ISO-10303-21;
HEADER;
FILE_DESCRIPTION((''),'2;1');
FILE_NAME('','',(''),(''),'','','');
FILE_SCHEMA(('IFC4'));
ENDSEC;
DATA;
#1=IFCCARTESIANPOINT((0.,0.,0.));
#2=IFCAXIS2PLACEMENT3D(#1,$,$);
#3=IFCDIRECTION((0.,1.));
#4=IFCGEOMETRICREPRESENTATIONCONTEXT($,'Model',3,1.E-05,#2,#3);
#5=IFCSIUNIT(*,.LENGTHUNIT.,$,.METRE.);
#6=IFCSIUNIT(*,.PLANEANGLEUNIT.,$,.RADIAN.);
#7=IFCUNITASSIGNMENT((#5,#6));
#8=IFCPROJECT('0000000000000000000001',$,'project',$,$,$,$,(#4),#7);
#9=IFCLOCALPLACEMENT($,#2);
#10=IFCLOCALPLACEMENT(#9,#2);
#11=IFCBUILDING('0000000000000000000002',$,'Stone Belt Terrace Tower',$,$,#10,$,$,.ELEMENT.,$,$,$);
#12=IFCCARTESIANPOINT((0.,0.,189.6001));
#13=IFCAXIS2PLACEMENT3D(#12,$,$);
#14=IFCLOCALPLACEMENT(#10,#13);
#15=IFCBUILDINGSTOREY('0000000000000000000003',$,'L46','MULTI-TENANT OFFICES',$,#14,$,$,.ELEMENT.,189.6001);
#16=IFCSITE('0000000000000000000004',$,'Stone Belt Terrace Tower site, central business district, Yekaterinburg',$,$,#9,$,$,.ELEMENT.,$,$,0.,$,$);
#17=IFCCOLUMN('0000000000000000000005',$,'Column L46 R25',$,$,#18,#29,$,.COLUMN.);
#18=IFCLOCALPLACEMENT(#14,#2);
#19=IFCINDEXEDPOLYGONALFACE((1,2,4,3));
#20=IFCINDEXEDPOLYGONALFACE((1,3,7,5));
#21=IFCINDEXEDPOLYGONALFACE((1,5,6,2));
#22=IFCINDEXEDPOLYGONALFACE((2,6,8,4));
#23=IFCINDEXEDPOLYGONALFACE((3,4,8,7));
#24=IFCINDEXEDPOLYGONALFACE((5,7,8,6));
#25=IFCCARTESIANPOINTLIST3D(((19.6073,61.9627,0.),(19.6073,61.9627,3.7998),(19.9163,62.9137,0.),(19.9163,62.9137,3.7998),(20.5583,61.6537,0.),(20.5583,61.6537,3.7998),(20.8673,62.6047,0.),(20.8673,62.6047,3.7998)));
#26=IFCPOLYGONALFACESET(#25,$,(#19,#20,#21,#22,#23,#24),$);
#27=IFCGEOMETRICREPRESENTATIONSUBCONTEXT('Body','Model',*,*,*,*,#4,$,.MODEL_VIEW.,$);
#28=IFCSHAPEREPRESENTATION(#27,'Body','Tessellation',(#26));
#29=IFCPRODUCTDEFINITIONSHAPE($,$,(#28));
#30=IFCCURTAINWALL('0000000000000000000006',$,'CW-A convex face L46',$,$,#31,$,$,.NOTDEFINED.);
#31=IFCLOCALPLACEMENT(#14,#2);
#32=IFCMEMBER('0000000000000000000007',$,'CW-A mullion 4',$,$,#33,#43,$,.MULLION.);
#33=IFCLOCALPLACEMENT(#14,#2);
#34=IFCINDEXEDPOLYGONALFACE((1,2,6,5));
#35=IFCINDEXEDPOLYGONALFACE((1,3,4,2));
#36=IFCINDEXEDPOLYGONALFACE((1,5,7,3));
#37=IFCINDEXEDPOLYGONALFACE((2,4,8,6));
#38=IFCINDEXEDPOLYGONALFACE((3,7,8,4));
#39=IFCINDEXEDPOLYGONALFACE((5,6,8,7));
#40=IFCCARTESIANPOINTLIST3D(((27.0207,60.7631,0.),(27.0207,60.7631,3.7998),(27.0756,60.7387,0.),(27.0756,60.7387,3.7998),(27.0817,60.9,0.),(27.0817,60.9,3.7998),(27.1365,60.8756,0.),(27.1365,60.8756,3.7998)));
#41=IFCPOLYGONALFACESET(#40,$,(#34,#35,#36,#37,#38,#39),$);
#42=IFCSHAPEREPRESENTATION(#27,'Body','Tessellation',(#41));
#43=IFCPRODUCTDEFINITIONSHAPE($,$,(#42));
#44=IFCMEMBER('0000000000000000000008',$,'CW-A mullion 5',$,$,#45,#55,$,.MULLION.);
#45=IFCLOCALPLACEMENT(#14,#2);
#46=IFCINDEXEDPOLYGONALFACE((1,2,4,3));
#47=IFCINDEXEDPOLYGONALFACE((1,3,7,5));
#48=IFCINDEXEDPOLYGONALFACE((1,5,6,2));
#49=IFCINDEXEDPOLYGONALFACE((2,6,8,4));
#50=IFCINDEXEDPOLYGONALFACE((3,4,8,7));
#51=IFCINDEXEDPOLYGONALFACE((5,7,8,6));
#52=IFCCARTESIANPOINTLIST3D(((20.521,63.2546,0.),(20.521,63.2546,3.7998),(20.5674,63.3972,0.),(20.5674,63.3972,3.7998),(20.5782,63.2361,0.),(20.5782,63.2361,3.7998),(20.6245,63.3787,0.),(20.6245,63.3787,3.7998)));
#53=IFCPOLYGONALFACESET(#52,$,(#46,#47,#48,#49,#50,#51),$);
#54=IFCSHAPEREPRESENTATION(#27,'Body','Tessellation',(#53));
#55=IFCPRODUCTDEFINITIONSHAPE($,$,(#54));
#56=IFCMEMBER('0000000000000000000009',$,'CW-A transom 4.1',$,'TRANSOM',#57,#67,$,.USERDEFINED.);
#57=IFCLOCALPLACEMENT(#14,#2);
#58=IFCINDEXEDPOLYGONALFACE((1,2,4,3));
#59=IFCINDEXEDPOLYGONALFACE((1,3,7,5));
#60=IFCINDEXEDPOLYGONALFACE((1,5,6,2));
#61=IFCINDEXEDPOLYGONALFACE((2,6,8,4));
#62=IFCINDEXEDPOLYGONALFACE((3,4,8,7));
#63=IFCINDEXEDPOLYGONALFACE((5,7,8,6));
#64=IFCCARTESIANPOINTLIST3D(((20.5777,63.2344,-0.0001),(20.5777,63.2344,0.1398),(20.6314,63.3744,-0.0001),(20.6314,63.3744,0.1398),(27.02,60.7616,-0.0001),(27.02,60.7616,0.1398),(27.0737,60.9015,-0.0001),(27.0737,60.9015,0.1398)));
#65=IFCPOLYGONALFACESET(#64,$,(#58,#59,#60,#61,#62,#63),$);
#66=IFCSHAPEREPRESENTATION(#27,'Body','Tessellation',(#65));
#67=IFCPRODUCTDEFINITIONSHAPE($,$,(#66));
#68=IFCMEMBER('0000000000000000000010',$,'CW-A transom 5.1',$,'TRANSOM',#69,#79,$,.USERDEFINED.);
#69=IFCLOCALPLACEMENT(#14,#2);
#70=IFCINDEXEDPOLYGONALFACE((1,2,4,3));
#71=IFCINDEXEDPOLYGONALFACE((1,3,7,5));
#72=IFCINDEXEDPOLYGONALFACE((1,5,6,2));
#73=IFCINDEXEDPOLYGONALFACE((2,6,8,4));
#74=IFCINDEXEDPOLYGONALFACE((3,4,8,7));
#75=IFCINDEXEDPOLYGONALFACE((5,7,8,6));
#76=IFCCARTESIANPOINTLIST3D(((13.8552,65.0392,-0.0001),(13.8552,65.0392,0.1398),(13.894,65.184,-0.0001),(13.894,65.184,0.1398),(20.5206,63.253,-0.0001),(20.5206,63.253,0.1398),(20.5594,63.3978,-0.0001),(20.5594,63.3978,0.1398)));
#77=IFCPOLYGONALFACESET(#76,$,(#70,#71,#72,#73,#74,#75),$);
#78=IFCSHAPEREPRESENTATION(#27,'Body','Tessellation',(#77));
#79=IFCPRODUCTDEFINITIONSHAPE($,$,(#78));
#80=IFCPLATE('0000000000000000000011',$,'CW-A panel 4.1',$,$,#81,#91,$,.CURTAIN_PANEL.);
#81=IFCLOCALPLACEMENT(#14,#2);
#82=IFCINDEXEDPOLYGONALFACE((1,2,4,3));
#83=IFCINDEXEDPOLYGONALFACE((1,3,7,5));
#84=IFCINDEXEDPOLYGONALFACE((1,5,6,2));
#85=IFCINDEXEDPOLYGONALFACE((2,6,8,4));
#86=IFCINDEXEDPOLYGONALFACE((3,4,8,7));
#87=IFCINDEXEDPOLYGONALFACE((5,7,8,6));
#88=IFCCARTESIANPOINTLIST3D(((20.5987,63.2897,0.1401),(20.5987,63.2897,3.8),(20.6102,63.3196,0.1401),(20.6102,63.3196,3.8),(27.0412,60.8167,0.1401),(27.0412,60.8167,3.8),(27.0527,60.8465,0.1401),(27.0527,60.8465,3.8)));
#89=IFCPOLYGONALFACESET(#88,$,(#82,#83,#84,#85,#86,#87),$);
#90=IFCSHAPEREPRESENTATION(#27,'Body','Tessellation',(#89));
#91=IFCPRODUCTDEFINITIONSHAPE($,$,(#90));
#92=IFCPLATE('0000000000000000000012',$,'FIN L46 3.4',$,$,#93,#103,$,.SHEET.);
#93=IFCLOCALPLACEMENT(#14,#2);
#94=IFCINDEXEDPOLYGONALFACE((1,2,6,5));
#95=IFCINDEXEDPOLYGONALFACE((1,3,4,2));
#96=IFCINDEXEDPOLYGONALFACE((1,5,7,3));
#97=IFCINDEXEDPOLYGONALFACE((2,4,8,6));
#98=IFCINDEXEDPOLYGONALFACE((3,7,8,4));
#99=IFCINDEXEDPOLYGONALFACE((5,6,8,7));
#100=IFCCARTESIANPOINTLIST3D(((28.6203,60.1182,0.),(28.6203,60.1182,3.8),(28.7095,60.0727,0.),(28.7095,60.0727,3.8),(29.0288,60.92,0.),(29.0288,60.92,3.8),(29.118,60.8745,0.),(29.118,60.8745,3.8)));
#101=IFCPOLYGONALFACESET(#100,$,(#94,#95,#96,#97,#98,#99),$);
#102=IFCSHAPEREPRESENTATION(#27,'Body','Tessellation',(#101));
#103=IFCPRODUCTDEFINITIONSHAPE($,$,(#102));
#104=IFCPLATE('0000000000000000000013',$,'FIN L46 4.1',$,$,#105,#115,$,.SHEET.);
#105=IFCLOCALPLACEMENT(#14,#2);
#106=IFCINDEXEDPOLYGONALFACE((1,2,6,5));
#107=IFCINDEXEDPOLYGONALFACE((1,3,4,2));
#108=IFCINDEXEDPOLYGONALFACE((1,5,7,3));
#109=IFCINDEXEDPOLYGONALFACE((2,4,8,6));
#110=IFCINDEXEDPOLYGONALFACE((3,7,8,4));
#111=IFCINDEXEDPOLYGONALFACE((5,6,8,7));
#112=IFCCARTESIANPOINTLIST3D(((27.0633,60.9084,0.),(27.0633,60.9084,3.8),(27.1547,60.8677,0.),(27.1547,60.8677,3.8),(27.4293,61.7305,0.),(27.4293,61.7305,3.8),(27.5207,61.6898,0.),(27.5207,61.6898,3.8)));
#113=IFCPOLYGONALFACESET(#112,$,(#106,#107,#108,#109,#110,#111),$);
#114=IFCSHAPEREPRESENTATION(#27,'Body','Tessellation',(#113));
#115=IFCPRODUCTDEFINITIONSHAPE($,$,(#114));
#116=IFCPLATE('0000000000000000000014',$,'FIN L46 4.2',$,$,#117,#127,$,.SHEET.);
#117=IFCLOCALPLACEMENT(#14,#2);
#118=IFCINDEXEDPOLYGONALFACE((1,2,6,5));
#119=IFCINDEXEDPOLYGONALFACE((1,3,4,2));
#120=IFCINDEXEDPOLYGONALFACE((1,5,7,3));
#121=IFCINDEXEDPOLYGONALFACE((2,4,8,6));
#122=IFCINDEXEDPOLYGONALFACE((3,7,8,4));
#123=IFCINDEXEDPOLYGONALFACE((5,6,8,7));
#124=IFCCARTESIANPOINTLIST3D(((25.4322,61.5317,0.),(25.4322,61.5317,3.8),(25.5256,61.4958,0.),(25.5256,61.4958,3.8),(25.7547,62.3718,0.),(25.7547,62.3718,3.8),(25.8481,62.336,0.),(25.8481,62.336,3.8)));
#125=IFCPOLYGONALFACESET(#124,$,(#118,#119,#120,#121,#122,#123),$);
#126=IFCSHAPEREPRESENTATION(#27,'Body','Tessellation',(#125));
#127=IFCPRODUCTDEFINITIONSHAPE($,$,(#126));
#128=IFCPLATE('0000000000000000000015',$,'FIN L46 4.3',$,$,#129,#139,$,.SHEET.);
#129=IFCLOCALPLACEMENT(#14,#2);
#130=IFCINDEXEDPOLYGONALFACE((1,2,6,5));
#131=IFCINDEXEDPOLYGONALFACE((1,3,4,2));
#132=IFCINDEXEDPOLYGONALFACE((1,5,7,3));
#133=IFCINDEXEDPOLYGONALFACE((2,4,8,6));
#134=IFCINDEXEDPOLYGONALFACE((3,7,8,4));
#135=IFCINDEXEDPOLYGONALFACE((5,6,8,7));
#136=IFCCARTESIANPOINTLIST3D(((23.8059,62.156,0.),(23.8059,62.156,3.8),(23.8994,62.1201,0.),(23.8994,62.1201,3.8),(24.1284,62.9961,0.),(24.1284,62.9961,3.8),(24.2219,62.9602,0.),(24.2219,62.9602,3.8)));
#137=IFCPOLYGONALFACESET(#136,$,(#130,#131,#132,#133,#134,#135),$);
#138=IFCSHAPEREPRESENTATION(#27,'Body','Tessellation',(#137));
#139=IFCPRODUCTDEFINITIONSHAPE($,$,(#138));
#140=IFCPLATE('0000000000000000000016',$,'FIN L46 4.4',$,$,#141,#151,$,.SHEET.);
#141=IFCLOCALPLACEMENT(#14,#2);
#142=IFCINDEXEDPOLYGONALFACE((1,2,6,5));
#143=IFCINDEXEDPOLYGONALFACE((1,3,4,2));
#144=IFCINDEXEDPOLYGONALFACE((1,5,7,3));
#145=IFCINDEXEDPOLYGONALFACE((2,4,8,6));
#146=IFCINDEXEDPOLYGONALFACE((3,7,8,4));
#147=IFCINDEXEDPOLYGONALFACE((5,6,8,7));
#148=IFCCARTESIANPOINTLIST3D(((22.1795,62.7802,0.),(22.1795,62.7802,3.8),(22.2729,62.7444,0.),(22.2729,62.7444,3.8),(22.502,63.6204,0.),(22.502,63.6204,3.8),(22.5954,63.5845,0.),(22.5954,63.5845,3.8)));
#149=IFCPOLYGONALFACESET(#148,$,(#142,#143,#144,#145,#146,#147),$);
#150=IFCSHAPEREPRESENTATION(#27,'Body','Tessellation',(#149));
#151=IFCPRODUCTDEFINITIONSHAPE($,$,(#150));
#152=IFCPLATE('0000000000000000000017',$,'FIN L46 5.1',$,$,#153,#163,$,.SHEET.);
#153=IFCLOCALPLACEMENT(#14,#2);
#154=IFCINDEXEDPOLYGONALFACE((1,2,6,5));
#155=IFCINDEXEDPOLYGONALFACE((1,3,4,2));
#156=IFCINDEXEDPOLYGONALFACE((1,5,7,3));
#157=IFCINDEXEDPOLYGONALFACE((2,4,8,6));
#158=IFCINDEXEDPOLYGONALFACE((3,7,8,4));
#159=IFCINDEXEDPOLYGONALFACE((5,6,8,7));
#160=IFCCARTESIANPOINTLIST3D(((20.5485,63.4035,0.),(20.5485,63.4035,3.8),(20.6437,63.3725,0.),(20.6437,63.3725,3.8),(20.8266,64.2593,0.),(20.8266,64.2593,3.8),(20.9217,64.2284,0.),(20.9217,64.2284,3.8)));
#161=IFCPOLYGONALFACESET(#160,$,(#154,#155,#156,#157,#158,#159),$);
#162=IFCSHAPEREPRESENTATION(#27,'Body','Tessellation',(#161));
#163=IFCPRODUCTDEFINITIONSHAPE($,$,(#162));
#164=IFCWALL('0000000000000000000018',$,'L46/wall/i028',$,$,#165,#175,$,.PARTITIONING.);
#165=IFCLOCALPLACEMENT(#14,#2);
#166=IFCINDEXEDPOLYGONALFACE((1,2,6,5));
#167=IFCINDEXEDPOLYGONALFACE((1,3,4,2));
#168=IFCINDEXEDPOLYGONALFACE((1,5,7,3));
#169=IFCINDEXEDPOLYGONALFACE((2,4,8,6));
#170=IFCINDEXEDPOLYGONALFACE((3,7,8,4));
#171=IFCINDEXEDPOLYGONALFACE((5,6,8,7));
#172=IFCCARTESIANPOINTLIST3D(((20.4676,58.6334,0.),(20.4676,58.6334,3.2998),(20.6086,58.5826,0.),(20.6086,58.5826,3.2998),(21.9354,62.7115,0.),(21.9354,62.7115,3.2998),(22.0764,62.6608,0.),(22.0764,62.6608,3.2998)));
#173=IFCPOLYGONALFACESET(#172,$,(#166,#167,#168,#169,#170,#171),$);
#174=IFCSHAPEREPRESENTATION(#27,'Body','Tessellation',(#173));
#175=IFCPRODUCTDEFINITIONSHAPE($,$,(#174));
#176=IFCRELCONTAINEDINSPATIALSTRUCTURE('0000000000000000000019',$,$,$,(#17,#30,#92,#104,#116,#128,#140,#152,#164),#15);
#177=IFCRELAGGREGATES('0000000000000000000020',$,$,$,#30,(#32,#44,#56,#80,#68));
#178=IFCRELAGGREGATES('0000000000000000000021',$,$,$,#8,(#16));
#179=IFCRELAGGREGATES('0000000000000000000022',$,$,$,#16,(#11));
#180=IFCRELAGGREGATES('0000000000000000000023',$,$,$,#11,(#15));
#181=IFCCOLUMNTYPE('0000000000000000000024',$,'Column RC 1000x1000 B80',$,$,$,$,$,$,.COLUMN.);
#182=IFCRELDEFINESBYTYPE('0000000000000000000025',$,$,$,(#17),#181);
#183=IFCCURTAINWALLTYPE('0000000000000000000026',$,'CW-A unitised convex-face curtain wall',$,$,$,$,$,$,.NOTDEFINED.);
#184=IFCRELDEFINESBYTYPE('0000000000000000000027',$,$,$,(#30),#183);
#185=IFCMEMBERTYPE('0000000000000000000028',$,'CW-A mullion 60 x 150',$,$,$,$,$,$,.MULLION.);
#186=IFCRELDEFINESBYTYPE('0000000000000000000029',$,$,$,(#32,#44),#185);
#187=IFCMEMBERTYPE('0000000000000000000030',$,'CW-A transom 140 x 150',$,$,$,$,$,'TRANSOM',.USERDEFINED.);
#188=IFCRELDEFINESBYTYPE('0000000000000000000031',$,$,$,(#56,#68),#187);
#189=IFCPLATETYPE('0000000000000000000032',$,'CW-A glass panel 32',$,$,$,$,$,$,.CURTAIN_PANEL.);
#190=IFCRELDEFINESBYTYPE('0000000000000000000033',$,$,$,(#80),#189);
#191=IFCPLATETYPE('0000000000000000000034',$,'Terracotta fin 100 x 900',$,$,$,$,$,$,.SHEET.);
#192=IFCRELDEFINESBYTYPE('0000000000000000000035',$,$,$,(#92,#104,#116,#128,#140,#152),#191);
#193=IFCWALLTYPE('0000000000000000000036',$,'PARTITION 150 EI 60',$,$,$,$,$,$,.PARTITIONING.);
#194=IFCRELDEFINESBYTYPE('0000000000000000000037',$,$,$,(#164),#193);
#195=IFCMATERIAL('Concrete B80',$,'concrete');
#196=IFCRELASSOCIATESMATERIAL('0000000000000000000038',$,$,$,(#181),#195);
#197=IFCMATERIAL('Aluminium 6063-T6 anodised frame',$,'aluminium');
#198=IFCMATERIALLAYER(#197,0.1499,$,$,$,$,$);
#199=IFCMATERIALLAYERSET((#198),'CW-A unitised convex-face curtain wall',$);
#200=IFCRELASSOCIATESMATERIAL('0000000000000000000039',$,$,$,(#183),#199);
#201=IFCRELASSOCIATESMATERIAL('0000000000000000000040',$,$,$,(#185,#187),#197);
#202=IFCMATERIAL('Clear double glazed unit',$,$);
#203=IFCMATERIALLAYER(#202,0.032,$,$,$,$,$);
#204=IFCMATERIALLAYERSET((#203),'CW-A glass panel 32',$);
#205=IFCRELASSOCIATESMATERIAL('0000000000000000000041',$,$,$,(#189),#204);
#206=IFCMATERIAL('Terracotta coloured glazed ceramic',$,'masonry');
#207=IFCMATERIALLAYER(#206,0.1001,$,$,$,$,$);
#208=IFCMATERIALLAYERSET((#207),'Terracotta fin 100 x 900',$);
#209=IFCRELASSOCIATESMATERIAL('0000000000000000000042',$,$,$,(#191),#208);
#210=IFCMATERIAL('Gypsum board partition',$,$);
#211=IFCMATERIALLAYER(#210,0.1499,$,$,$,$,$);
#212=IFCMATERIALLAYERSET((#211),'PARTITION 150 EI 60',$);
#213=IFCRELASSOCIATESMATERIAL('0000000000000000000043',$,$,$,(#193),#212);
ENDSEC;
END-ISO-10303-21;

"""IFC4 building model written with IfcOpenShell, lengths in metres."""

from ifc_helpers import new_model, si_unit, direction, frame, frame_2d, origin, origin_2d, place, context, subcontext, project, spatial, rectangle, extrude, material, layer, layer_set, material_profile, profile_set, type_object, element, aggregate, save


model = new_model("IFC4")

# Units and contexts
model_context = context("Model", 3, precision=1e-05, world=origin(), true_north=direction((0.0, 1.0)))
body_context = subcontext(model_context, "Body", "Model", "MODEL_VIEW")
ifc_project = project(units=[si_unit("LENGTHUNIT", "METRE"), si_unit("PLANEANGLEUNIT", "RADIAN")], contexts=[model_context])

# Site, building, storey
site_placement = place(None, origin())
site = spatial("IfcSite", under=ifc_project, at=site_placement, Name="Stone Belt Terrace Tower site, central business district, Yekaterinburg", CompositionType="ELEMENT", RefElevation=0.0)
building_placement = place(site_placement, origin())
building = spatial("IfcBuilding", under=site, at=building_placement, Name="Stone Belt Terrace Tower", CompositionType="ELEMENT")
storey_placement = place(building_placement, frame((0.0, 0.0, 189.6001)))
storey = spatial("IfcBuildingStorey", under=building, at=storey_placement, Name="L46", Description="MULTI-TENANT OFFICES", CompositionType="ELEMENT", Elevation=189.6001)

# Column
ifc_material_1 = material(Name="Concrete B80", Category="concrete")
ifc_material_profile_1 = material_profile(ifc_material_1, rectangle(XDim=1.0, YDim=1.0, at=origin_2d()), Name="RC 1000x1000")
ifc_profile_set_1 = profile_set([ifc_material_profile_1], Name="Concrete B80")
column_type = type_object("IfcColumnType", Name="Column RC 1000x1000 B80", PredefinedType="COLUMN", material=ifc_profile_set_1)
column_placement = place(storey_placement, frame((20.2373, 62.2837, 0.0), z_axis=(0.0, 0.0, 1.0), x_axis=(0.951057, -0.309017, 0.0)))
element("IfcColumn", 1, at=column_placement, inside=storey, type_object=column_type, Name="Column L46 R25", PredefinedType="COLUMN", context=body_context, shape_type="SweptSolid", body=[
    extrude(rectangle(XDim=1.0, YDim=1.0, at=origin_2d()), origin(), (0.0, 0.0, 1.0), 3.7998),
])

# Curtain wall, members, plate
ifc_material_2 = material(Name="Aluminium 6063-T6 anodised frame", Category="aluminium")
ifc_layer_1 = layer(ifc_material_2, 0.1499)
ifc_layer_set_1 = layer_set([ifc_layer_1], Name="CW-A unitised convex-face curtain wall")
curtain_wall_type = type_object("IfcCurtainWallType", Name="CW-A unitised convex-face curtain wall", PredefinedType="NOTDEFINED", material=ifc_layer_set_1)
curtain_wall_placement = place(storey_placement, origin())
curtain_wall = element("IfcCurtainWall", 2, at=curtain_wall_placement, inside=storey, type_object=curtain_wall_type, Name="CW-A convex face L46", PredefinedType="NOTDEFINED")
ifc_material_profile_2 = material_profile(ifc_material_2, rectangle(XDim=0.1499, YDim=0.0601, at=origin_2d()), Name="Aluminium 6063-T6 60x150")
ifc_profile_set_2 = profile_set([ifc_material_profile_2], Name="Aluminium 6063-T6 anodised frame")
member_type_1 = type_object("IfcMemberType", Name="CW-A mullion 60 x 150", PredefinedType="MULLION", material=ifc_profile_set_2)
member_1_placement = place(storey_placement, frame((27.0786, 60.8193, 0.0), z_axis=(0.0, 0.0, 1.0), x_axis=(-0.406737, -0.913545, 0.0)))
member_1 = element("IfcMember", 3, at=member_1_placement, type_object=member_type_1, Name="CW-A mullion 4", PredefinedType="MULLION", context=body_context, shape_type="SweptSolid", body=[
    extrude(rectangle(XDim=0.1499, YDim=0.0601, at=origin_2d()), origin(), (0.0, 0.0, 1.0), 3.7998),
])
member_2_placement = place(storey_placement, frame((20.5728, 63.3167, 0.0), z_axis=(0.0, 0.0, 1.0), x_axis=(-0.309017, -0.951057, 0.0)))
member_2 = element("IfcMember", 4, at=member_2_placement, type_object=member_type_1, Name="CW-A mullion 5", PredefinedType="MULLION", context=body_context, shape_type="SweptSolid", body=[
    extrude(rectangle(XDim=0.1499, YDim=0.0601, at=origin_2d()), origin(), (0.0, 0.0, 1.0), 3.7998),
])
ifc_material_profile_3 = material_profile(ifc_material_2, rectangle(XDim=0.1499, YDim=0.1399, at=origin_2d()), Name="Aluminium 6063-T6 150x140")
ifc_profile_set_3 = profile_set([ifc_material_profile_3], Name="Aluminium 6063-T6 anodised frame")
member_type_2 = type_object("IfcMemberType", Name="CW-A transom 140 x 150", ElementType="TRANSOM", PredefinedType="USERDEFINED", material=ifc_profile_set_3)
member_3_placement = place(storey_placement, frame((27.0469, 60.8315, 0.0698), z_axis=(-0.933585, 0.358355, 0.0), x_axis=(-0.358355, -0.933585, 0.0)))
member_3 = element("IfcMember", 5, at=member_3_placement, type_object=member_type_2, Name="CW-A transom 4.1", ObjectType="TRANSOM", PredefinedType="USERDEFINED", context=body_context, shape_type="SweptSolid", body=[
    extrude(rectangle(XDim=0.1499, YDim=0.1399, at=origin_2d()), origin(), (0.0, 0.0, 1.0), 6.9006),
])
member_4_placement = place(storey_placement, frame((20.54, 63.3254, 0.0698), z_axis=(-0.965922, 0.258834, 0.0), x_axis=(-0.258834, -0.965922, 0.0)))
member_4 = element("IfcMember", 6, at=member_4_placement, type_object=member_type_2, Name="CW-A transom 5.1", ObjectType="TRANSOM", PredefinedType="USERDEFINED", context=body_context, shape_type="SweptSolid", body=[
    extrude(rectangle(XDim=0.1499, YDim=0.1399, at=origin_2d()), origin(), (0.0, 0.0, 1.0), 6.9006),
])
ifc_material_3 = material(Name="Clear double glazed unit")
ifc_layer_2 = layer(ifc_material_3, 0.032)
ifc_layer_set_2 = layer_set([ifc_layer_2], Name="CW-A glass panel 32")
plate_type_1 = type_object("IfcPlateType", Name="CW-A glass panel 32", PredefinedType="CURTAIN_PANEL", material=ifc_layer_set_2)
plate_placement = place(storey_placement, frame((23.8257, 62.0681, 0.1401), z_axis=(0.0, 0.0, 1.0), x_axis=(-0.93358, 0.358368, 0.0)))
plate = element("IfcPlate", 7, at=plate_placement, type_object=plate_type_1, Name="CW-A panel 4.1", PredefinedType="CURTAIN_PANEL", context=body_context, shape_type="SweptSolid", body=[
    extrude(rectangle(XDim=6.9009, YDim=0.032, at=origin_2d()), origin(), (0.0, 0.0, 1.0), 3.6599),
])
aggregate(curtain_wall, [member_1, member_2, member_3, plate, member_4])

# Plates
ifc_material_4 = material(Name="Terracotta coloured glazed ceramic", Category="masonry")
ifc_layer_3 = layer(ifc_material_4, 0.1001)
ifc_layer_set_3 = layer_set([ifc_layer_3], Name="Terracotta fin 100 x 900")
plate_type_2 = type_object("IfcPlateType", Name="Terracotta fin 100 x 900", PredefinedType="SHEET", material=ifc_layer_set_3)
for number, where, z_axis, x_axis, name in (
    (8, (28.8691, 60.4963, 0.0), (0.0, 0.0, 1.0), (0.45399, 0.891007, 0.0), "FIN L46 3.4"),
    (9, (27.292, 61.2991, 0.0), (0.0, 0.0, 1.0), (0.406737, 0.913545, 0.0), "FIN L46 4.1"),
    (10, (25.6401, 61.9338, 0.0), (0.0, 0.0, 1.0), (0.358368, 0.93358, 0.0), "FIN L46 4.2"),
    (11, (24.0139, 62.5581, 0.0), (0.0, 0.0, 1.0), (0.358368, 0.93358, 0.0), "FIN L46 4.3"),
    (12, (22.3875, 63.1824, 0.0), (0.0, 0.0, 1.0), (0.358368, 0.93358, 0.0), "FIN L46 4.4"),
    (13, (20.7351, 63.8159, 0.0), (0.0, 0.0, 1.0), (0.309017, 0.951057, 0.0), "FIN L46 5.1"),
):
    element("IfcPlate", number, at=place(storey_placement, frame(where, z_axis=z_axis, x_axis=x_axis)), inside=storey, type_object=plate_type_2, Name=name, PredefinedType="SHEET", context=body_context, shape_type="SweptSolid", body=[
        extrude(rectangle(XDim=0.8999, YDim=0.1001, at=origin_2d()), origin(), (0.0, 0.0, 1.0), 3.8),
    ])

# Wall
ifc_material_5 = material(Name="Gypsum board partition")
ifc_layer_4 = layer(ifc_material_5, 0.1499)
ifc_layer_set_4 = layer_set([ifc_layer_4], Name="PARTITION 150 EI 60")
wall_type = type_object("IfcWallType", Name="PARTITION 150 EI 60", PredefinedType="PARTITIONING", material=ifc_layer_set_4)
wall_placement = place(storey_placement, frame((22.0059, 62.686, 0.0), z_axis=(0.0, 0.0, 1.0), x_axis=(-0.338648, -0.940913, 0.0)))
element("IfcWall", 14, at=wall_placement, inside=storey, type_object=wall_type, Name="L46/wall/i028", PredefinedType="PARTITIONING", context=body_context, shape_type="SweptSolid", body=[
    extrude(rectangle(XDim=4.3342, YDim=0.1499, at=frame_2d((2.167, 0.0))), origin(), (0.0, 0.0, 1.0), 3.2998),
])

save(model, "model.ifc")
